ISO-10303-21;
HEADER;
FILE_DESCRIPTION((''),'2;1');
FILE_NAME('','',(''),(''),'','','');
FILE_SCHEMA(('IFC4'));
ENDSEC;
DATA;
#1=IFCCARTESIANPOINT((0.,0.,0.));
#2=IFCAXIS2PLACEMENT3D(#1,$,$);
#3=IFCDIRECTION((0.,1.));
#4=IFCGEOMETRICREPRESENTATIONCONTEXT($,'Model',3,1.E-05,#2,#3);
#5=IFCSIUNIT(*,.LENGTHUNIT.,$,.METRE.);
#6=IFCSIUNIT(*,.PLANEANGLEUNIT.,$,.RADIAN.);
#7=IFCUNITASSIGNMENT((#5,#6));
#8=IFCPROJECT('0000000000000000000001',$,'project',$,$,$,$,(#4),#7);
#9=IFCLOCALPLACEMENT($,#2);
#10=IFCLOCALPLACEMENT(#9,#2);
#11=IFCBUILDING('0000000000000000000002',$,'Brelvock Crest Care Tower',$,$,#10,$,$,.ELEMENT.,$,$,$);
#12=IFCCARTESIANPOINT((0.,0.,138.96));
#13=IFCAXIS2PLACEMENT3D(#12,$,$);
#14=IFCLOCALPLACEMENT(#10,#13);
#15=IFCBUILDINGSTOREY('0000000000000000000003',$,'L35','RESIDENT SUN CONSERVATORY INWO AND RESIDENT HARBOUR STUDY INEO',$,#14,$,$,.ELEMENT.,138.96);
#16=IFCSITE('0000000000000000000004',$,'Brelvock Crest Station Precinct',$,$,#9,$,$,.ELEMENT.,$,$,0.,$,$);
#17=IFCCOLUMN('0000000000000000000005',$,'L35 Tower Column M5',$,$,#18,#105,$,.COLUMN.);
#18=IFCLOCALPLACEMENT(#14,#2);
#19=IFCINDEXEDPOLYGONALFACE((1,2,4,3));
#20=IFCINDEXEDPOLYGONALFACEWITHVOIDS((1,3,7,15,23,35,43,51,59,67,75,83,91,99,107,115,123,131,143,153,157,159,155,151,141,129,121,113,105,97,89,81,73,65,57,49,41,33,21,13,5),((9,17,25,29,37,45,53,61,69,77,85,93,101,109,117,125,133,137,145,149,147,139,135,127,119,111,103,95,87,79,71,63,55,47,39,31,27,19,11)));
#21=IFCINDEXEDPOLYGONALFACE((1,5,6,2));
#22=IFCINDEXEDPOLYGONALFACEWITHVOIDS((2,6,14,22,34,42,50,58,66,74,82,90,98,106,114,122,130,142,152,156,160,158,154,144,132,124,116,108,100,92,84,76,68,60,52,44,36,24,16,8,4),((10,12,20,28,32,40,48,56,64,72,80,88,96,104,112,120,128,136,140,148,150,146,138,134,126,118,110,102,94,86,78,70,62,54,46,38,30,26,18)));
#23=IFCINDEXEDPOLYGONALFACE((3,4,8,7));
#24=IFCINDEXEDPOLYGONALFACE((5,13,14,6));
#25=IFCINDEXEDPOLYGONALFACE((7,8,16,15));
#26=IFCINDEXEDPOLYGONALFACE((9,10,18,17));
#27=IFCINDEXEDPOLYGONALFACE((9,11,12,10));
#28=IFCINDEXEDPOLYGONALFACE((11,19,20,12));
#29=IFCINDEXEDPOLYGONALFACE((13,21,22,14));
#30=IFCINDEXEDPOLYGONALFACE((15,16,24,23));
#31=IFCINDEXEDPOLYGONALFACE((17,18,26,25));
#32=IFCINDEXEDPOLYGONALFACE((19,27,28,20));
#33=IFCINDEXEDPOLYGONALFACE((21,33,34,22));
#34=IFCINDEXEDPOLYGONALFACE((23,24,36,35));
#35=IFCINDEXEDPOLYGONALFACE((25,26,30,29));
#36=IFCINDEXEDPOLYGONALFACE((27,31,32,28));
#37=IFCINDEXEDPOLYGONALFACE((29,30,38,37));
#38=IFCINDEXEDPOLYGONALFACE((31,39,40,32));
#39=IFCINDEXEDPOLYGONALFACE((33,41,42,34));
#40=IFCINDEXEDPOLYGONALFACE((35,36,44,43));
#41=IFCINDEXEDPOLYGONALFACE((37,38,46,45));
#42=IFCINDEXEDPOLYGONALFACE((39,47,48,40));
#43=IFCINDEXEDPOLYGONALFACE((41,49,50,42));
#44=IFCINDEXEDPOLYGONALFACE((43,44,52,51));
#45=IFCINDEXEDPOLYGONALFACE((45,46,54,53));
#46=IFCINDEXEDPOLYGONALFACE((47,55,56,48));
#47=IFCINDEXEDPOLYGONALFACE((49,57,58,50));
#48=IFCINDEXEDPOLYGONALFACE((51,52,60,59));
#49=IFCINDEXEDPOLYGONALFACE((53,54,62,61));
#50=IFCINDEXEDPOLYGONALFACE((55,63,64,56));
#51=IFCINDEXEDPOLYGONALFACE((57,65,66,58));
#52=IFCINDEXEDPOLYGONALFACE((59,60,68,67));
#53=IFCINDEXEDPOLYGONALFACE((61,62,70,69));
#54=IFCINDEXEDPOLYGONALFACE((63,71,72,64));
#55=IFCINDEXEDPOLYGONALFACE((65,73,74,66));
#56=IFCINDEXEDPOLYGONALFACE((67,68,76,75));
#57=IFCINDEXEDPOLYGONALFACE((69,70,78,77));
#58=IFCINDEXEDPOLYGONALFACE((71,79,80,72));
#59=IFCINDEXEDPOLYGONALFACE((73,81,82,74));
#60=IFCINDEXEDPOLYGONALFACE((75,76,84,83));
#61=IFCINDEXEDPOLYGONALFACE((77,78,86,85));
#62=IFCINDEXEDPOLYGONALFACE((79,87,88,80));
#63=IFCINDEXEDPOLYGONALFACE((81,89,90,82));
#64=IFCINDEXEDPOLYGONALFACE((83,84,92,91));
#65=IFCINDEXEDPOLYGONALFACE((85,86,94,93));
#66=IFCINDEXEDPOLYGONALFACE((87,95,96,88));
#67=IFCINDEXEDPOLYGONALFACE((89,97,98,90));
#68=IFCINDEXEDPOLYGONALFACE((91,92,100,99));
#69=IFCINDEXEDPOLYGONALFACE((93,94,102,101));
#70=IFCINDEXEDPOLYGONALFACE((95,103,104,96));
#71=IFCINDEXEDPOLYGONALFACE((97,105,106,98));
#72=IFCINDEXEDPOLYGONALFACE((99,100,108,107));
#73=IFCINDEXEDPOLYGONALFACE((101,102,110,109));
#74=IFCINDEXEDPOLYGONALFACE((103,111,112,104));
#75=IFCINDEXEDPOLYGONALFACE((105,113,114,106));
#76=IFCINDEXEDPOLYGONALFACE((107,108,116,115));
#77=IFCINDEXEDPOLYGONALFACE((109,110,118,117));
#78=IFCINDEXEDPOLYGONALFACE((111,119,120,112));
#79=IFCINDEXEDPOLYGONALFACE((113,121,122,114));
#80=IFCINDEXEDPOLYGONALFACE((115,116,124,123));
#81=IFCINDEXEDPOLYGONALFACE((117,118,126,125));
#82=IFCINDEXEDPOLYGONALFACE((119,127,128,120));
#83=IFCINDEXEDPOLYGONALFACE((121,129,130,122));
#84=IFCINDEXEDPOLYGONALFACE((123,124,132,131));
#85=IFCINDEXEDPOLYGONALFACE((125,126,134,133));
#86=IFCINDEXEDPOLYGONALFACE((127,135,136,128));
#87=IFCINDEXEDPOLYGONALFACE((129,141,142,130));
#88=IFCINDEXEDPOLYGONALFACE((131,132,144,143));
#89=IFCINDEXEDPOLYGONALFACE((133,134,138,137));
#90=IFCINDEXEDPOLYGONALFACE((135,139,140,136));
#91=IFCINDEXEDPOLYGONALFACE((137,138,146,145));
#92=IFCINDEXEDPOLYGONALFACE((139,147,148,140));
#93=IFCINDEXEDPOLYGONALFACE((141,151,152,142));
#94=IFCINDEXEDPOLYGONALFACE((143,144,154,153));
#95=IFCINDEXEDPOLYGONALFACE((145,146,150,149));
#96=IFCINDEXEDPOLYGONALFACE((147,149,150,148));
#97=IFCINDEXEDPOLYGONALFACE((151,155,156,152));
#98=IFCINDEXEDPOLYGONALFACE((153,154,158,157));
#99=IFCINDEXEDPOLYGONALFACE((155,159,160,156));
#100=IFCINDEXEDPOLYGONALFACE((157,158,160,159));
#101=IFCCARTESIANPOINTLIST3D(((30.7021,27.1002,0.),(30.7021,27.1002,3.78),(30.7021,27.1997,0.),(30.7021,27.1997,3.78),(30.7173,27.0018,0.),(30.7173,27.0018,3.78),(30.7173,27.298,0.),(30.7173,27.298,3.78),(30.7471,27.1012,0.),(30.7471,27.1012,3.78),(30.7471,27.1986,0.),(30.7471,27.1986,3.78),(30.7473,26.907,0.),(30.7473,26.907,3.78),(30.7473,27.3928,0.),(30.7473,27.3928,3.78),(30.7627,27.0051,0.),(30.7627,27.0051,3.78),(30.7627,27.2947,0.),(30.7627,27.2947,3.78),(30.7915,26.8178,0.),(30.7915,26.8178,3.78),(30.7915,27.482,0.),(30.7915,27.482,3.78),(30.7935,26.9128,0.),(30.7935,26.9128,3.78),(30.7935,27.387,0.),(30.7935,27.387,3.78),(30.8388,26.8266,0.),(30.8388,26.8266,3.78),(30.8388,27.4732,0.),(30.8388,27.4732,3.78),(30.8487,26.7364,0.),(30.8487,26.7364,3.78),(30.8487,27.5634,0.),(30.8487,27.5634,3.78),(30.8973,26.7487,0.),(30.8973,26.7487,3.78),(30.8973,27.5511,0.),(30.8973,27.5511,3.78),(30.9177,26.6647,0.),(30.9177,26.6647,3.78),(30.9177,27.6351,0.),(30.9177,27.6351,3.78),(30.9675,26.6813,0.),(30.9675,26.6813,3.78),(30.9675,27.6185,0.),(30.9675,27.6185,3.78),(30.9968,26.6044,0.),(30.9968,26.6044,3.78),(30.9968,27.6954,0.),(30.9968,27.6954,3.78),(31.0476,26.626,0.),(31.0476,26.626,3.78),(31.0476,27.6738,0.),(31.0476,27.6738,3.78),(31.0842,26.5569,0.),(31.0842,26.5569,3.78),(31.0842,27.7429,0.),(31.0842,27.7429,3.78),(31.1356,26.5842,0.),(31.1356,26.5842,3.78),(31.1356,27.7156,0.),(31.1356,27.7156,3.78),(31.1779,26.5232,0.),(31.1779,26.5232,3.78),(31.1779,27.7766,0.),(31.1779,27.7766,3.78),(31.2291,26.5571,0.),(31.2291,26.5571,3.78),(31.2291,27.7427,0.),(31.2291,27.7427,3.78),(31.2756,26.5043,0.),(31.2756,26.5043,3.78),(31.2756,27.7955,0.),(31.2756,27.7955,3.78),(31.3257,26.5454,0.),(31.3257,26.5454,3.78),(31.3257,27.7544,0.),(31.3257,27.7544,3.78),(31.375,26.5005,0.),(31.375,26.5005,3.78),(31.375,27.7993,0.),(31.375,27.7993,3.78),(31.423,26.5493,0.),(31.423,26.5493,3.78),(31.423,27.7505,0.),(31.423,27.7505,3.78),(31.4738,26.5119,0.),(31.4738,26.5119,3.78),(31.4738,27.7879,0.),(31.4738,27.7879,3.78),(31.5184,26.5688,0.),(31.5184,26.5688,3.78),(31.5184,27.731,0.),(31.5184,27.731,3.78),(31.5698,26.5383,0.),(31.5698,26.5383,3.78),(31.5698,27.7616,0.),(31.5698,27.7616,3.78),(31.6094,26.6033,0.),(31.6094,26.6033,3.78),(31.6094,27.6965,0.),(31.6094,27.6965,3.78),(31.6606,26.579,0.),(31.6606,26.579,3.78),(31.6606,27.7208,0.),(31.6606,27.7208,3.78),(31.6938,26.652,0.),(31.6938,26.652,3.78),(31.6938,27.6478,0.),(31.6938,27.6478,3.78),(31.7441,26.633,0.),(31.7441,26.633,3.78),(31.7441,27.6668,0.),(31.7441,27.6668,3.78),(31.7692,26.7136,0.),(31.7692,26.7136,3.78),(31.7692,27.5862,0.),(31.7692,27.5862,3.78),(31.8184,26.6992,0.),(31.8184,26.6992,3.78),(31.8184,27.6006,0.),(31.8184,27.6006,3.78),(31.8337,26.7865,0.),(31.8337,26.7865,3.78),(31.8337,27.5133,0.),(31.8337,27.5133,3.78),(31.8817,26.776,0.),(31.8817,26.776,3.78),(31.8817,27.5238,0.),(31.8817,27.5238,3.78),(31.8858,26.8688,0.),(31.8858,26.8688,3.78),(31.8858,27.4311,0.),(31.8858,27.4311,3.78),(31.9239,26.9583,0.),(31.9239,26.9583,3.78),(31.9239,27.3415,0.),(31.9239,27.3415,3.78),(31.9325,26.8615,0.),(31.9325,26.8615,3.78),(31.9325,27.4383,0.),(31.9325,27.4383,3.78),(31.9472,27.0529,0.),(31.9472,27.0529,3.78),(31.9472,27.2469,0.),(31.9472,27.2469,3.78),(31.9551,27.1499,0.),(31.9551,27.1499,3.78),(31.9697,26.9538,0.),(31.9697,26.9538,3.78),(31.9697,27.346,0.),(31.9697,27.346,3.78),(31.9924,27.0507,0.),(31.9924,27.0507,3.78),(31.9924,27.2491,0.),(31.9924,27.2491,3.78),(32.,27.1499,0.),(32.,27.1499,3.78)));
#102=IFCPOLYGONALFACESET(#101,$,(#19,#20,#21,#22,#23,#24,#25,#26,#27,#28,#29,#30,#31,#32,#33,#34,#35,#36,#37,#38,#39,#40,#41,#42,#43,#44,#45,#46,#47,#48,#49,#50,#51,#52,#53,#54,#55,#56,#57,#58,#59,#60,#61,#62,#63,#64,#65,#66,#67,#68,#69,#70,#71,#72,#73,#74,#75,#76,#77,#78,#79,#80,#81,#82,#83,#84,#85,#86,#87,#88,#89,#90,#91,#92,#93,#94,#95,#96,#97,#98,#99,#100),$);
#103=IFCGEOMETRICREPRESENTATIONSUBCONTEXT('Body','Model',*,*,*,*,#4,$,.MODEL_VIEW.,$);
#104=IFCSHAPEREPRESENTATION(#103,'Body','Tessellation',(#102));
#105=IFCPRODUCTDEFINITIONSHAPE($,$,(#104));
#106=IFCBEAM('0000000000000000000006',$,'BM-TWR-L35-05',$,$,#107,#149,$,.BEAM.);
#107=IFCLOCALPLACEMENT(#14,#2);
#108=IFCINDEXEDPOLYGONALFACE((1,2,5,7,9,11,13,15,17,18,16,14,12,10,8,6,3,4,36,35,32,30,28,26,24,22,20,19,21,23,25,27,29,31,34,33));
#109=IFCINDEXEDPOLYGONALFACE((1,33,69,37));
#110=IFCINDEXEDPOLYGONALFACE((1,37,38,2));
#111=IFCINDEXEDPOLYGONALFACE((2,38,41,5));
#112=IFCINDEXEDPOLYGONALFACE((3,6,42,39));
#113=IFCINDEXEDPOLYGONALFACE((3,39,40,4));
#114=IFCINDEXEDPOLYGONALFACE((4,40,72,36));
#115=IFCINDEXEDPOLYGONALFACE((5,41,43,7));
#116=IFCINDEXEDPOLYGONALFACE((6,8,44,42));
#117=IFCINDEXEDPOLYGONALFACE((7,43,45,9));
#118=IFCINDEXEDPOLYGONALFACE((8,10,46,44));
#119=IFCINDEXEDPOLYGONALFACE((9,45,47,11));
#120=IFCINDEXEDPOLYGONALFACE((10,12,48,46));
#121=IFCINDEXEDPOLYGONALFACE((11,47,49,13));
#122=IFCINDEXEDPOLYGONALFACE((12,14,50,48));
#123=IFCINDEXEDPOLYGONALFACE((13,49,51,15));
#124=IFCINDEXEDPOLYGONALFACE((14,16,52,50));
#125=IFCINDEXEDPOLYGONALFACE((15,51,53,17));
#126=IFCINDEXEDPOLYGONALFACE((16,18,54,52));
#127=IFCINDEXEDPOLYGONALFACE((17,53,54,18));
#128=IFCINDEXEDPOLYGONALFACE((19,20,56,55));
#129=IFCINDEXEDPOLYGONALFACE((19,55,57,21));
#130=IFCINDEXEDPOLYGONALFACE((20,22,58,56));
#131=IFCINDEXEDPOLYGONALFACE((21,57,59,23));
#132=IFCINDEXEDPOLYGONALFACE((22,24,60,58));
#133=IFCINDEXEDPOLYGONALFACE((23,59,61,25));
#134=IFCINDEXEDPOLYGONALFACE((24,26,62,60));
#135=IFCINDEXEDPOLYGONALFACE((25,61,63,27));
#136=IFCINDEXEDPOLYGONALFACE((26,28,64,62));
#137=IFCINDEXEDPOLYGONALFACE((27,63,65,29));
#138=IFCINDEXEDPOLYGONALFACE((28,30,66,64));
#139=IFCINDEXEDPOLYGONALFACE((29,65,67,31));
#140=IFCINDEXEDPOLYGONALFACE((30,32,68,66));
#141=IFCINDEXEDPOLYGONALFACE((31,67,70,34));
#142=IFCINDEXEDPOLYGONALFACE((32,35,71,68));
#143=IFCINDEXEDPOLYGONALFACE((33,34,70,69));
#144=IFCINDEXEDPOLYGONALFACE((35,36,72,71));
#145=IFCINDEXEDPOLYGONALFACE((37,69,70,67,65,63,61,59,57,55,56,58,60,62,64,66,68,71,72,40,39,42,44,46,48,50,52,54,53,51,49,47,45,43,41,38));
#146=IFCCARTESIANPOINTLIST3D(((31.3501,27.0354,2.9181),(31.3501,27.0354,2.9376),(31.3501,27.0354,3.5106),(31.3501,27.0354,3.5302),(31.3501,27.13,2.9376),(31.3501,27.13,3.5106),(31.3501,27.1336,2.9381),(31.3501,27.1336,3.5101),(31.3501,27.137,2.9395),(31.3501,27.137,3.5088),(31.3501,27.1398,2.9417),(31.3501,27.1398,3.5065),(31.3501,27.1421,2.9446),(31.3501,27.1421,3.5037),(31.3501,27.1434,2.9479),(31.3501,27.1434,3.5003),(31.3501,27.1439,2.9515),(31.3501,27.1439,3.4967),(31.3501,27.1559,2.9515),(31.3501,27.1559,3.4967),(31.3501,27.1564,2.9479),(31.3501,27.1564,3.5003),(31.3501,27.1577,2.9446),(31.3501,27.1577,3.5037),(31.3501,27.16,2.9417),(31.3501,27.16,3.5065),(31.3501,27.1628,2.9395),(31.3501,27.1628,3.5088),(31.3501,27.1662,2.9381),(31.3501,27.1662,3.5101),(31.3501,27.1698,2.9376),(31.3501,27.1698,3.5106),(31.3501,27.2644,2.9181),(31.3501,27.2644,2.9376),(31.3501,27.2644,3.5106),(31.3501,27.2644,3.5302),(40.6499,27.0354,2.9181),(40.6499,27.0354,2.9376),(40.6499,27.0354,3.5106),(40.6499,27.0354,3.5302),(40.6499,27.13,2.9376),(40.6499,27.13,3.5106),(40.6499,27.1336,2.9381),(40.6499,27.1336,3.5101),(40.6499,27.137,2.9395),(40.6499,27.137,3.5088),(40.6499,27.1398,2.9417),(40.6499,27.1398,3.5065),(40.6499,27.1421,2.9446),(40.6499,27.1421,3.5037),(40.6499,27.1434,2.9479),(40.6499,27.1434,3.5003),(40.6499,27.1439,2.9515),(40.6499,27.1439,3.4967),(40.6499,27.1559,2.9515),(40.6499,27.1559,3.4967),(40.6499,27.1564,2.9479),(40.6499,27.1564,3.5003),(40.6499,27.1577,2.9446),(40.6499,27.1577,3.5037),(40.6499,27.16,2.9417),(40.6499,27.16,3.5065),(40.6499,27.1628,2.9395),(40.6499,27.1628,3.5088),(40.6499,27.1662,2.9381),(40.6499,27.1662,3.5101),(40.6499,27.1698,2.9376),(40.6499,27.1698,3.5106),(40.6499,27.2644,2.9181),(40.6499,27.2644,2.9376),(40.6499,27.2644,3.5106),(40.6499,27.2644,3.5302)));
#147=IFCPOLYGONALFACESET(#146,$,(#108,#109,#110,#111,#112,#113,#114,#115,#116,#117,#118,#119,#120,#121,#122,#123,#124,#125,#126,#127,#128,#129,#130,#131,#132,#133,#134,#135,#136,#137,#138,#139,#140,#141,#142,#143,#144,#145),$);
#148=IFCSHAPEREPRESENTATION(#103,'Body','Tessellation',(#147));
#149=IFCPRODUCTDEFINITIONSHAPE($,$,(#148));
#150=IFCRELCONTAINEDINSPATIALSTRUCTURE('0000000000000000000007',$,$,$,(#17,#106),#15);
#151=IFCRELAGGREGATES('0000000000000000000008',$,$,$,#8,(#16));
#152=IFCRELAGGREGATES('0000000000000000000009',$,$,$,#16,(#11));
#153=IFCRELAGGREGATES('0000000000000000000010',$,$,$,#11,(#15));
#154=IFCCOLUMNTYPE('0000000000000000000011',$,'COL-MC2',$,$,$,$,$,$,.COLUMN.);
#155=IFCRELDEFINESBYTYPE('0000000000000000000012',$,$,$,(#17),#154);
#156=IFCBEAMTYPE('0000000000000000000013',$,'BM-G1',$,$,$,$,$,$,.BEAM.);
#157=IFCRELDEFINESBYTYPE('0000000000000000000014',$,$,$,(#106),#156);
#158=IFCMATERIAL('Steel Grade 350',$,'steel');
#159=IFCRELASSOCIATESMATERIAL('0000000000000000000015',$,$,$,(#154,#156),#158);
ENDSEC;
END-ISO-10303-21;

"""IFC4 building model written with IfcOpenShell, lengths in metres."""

from ifc_helpers import new_model, si_unit, direction, frame, origin, origin_2d, place, context, subcontext, project, spatial, hollow_circle, i_section, extrude, source, transform, mapped, material, material_profile, profile_set, type_object, element, save


model = new_model("IFC4")

# Units and contexts
model_context = context("Model", 3, precision=1e-05, world=origin(), true_north=direction((0.0, 1.0)))
body_context = subcontext(model_context, "Body", "Model", "MODEL_VIEW")
ifc_project = project(units=[si_unit("LENGTHUNIT", "METRE"), si_unit("PLANEANGLEUNIT", "RADIAN")], contexts=[model_context])

# Site, building, storey
site_placement = place(None, origin())
site = spatial("IfcSite", under=ifc_project, at=site_placement, Name="Brelvock Crest Station Precinct", CompositionType="ELEMENT", RefElevation=0.0)
building_placement = place(site_placement, origin())
building = spatial("IfcBuilding", under=site, at=building_placement, Name="Brelvock Crest Care Tower", CompositionType="ELEMENT")
storey_placement = place(building_placement, frame((0.0, 0.0, 138.96)))
storey = spatial("IfcBuildingStorey", under=building, at=storey_placement, Name="L35", Description="RESIDENT SUN CONSERVATORY INWO AND RESIDENT HARBOUR STUDY INEO", CompositionType="ELEMENT", Elevation=138.96)

# Column
ifc_material_1 = material(Name="Steel Grade 350", Category="steel")
ifc_material_profile_1 = material_profile(ifc_material_1, hollow_circle(Radius=0.6499, WallThickness=0.0449, at=origin_2d()), Name="CFT1300x45")
ifc_profile_set_1 = profile_set([ifc_material_profile_1], Name="Steel Grade 350")
column_type = type_object("IfcColumnType", Name="COL-MC2", PredefinedType="COLUMN", material=ifc_profile_set_1)
shared_shape_1 = source(origin(), body_context, "Body", "SweptSolid", [
    extrude(hollow_circle(Radius=0.6499, WallThickness=0.0449, at=origin_2d()), origin(), (0.0, 0.0, 1.0), 3.78),
])
column_placement = place(storey_placement, frame((31.3501, 27.1499, 0.0), z_axis=(0.0, 0.0, 1.0), x_axis=(1.0, 0.0, 0.0)))
element("IfcColumn", 1, at=column_placement, inside=storey, type_object=column_type, Name="L35 Tower Column M5", PredefinedType="COLUMN", context=body_context, shape_type="MappedRepresentation", body=[
    mapped(shared_shape_1, transform((0.0, 0.0, 0.0), x_axis=(1.0, 0.0, 0.0), y_axis=(0.0, 1.0, 0.0), z_axis=(0.0, 0.0, 1.0), scale=1.0)),
])

# Beam
ifc_material_profile_2 = material_profile(ifc_material_1, i_section(OverallWidth=0.229, OverallDepth=0.6121, WebThickness=0.012, FlangeThickness=0.0195, FilletRadius=0.0139, at=origin_2d()), Name="610UB125")
ifc_profile_set_2 = profile_set([ifc_material_profile_2], Name="Steel Grade 350")
beam_type_1 = type_object("IfcBeamType", Name="BM-G1", PredefinedType="BEAM", material=ifc_profile_set_2)
shared_shape_2 = source(origin(), body_context, "Body", "SweptSolid", [
    extrude(i_section(OverallWidth=0.229, OverallDepth=0.6121, WebThickness=0.012, FlangeThickness=0.0195, FilletRadius=0.0139, at=origin_2d()), origin(), (0.0, 0.0, 1.0), 9.2998),
])
beam_1_placement = place(storey_placement, frame((31.3501, 27.1499, 3.2241), z_axis=(1.0, 0.0, 0.0), x_axis=(0.0, 1.0, 0.0)))
element("IfcBeam", 2, at=beam_1_placement, inside=storey, type_object=beam_type_1, Name="BM-TWR-L35-05", PredefinedType="BEAM", context=body_context, shape_type="MappedRepresentation", body=[
    mapped(shared_shape_2, transform((0.0, 0.0, 0.0), x_axis=(1.0, 0.0, 0.0), y_axis=(0.0, 1.0, 0.0), z_axis=(0.0, 0.0, 1.0), scale=1.0)),
])

save(model, "model.ifc")
